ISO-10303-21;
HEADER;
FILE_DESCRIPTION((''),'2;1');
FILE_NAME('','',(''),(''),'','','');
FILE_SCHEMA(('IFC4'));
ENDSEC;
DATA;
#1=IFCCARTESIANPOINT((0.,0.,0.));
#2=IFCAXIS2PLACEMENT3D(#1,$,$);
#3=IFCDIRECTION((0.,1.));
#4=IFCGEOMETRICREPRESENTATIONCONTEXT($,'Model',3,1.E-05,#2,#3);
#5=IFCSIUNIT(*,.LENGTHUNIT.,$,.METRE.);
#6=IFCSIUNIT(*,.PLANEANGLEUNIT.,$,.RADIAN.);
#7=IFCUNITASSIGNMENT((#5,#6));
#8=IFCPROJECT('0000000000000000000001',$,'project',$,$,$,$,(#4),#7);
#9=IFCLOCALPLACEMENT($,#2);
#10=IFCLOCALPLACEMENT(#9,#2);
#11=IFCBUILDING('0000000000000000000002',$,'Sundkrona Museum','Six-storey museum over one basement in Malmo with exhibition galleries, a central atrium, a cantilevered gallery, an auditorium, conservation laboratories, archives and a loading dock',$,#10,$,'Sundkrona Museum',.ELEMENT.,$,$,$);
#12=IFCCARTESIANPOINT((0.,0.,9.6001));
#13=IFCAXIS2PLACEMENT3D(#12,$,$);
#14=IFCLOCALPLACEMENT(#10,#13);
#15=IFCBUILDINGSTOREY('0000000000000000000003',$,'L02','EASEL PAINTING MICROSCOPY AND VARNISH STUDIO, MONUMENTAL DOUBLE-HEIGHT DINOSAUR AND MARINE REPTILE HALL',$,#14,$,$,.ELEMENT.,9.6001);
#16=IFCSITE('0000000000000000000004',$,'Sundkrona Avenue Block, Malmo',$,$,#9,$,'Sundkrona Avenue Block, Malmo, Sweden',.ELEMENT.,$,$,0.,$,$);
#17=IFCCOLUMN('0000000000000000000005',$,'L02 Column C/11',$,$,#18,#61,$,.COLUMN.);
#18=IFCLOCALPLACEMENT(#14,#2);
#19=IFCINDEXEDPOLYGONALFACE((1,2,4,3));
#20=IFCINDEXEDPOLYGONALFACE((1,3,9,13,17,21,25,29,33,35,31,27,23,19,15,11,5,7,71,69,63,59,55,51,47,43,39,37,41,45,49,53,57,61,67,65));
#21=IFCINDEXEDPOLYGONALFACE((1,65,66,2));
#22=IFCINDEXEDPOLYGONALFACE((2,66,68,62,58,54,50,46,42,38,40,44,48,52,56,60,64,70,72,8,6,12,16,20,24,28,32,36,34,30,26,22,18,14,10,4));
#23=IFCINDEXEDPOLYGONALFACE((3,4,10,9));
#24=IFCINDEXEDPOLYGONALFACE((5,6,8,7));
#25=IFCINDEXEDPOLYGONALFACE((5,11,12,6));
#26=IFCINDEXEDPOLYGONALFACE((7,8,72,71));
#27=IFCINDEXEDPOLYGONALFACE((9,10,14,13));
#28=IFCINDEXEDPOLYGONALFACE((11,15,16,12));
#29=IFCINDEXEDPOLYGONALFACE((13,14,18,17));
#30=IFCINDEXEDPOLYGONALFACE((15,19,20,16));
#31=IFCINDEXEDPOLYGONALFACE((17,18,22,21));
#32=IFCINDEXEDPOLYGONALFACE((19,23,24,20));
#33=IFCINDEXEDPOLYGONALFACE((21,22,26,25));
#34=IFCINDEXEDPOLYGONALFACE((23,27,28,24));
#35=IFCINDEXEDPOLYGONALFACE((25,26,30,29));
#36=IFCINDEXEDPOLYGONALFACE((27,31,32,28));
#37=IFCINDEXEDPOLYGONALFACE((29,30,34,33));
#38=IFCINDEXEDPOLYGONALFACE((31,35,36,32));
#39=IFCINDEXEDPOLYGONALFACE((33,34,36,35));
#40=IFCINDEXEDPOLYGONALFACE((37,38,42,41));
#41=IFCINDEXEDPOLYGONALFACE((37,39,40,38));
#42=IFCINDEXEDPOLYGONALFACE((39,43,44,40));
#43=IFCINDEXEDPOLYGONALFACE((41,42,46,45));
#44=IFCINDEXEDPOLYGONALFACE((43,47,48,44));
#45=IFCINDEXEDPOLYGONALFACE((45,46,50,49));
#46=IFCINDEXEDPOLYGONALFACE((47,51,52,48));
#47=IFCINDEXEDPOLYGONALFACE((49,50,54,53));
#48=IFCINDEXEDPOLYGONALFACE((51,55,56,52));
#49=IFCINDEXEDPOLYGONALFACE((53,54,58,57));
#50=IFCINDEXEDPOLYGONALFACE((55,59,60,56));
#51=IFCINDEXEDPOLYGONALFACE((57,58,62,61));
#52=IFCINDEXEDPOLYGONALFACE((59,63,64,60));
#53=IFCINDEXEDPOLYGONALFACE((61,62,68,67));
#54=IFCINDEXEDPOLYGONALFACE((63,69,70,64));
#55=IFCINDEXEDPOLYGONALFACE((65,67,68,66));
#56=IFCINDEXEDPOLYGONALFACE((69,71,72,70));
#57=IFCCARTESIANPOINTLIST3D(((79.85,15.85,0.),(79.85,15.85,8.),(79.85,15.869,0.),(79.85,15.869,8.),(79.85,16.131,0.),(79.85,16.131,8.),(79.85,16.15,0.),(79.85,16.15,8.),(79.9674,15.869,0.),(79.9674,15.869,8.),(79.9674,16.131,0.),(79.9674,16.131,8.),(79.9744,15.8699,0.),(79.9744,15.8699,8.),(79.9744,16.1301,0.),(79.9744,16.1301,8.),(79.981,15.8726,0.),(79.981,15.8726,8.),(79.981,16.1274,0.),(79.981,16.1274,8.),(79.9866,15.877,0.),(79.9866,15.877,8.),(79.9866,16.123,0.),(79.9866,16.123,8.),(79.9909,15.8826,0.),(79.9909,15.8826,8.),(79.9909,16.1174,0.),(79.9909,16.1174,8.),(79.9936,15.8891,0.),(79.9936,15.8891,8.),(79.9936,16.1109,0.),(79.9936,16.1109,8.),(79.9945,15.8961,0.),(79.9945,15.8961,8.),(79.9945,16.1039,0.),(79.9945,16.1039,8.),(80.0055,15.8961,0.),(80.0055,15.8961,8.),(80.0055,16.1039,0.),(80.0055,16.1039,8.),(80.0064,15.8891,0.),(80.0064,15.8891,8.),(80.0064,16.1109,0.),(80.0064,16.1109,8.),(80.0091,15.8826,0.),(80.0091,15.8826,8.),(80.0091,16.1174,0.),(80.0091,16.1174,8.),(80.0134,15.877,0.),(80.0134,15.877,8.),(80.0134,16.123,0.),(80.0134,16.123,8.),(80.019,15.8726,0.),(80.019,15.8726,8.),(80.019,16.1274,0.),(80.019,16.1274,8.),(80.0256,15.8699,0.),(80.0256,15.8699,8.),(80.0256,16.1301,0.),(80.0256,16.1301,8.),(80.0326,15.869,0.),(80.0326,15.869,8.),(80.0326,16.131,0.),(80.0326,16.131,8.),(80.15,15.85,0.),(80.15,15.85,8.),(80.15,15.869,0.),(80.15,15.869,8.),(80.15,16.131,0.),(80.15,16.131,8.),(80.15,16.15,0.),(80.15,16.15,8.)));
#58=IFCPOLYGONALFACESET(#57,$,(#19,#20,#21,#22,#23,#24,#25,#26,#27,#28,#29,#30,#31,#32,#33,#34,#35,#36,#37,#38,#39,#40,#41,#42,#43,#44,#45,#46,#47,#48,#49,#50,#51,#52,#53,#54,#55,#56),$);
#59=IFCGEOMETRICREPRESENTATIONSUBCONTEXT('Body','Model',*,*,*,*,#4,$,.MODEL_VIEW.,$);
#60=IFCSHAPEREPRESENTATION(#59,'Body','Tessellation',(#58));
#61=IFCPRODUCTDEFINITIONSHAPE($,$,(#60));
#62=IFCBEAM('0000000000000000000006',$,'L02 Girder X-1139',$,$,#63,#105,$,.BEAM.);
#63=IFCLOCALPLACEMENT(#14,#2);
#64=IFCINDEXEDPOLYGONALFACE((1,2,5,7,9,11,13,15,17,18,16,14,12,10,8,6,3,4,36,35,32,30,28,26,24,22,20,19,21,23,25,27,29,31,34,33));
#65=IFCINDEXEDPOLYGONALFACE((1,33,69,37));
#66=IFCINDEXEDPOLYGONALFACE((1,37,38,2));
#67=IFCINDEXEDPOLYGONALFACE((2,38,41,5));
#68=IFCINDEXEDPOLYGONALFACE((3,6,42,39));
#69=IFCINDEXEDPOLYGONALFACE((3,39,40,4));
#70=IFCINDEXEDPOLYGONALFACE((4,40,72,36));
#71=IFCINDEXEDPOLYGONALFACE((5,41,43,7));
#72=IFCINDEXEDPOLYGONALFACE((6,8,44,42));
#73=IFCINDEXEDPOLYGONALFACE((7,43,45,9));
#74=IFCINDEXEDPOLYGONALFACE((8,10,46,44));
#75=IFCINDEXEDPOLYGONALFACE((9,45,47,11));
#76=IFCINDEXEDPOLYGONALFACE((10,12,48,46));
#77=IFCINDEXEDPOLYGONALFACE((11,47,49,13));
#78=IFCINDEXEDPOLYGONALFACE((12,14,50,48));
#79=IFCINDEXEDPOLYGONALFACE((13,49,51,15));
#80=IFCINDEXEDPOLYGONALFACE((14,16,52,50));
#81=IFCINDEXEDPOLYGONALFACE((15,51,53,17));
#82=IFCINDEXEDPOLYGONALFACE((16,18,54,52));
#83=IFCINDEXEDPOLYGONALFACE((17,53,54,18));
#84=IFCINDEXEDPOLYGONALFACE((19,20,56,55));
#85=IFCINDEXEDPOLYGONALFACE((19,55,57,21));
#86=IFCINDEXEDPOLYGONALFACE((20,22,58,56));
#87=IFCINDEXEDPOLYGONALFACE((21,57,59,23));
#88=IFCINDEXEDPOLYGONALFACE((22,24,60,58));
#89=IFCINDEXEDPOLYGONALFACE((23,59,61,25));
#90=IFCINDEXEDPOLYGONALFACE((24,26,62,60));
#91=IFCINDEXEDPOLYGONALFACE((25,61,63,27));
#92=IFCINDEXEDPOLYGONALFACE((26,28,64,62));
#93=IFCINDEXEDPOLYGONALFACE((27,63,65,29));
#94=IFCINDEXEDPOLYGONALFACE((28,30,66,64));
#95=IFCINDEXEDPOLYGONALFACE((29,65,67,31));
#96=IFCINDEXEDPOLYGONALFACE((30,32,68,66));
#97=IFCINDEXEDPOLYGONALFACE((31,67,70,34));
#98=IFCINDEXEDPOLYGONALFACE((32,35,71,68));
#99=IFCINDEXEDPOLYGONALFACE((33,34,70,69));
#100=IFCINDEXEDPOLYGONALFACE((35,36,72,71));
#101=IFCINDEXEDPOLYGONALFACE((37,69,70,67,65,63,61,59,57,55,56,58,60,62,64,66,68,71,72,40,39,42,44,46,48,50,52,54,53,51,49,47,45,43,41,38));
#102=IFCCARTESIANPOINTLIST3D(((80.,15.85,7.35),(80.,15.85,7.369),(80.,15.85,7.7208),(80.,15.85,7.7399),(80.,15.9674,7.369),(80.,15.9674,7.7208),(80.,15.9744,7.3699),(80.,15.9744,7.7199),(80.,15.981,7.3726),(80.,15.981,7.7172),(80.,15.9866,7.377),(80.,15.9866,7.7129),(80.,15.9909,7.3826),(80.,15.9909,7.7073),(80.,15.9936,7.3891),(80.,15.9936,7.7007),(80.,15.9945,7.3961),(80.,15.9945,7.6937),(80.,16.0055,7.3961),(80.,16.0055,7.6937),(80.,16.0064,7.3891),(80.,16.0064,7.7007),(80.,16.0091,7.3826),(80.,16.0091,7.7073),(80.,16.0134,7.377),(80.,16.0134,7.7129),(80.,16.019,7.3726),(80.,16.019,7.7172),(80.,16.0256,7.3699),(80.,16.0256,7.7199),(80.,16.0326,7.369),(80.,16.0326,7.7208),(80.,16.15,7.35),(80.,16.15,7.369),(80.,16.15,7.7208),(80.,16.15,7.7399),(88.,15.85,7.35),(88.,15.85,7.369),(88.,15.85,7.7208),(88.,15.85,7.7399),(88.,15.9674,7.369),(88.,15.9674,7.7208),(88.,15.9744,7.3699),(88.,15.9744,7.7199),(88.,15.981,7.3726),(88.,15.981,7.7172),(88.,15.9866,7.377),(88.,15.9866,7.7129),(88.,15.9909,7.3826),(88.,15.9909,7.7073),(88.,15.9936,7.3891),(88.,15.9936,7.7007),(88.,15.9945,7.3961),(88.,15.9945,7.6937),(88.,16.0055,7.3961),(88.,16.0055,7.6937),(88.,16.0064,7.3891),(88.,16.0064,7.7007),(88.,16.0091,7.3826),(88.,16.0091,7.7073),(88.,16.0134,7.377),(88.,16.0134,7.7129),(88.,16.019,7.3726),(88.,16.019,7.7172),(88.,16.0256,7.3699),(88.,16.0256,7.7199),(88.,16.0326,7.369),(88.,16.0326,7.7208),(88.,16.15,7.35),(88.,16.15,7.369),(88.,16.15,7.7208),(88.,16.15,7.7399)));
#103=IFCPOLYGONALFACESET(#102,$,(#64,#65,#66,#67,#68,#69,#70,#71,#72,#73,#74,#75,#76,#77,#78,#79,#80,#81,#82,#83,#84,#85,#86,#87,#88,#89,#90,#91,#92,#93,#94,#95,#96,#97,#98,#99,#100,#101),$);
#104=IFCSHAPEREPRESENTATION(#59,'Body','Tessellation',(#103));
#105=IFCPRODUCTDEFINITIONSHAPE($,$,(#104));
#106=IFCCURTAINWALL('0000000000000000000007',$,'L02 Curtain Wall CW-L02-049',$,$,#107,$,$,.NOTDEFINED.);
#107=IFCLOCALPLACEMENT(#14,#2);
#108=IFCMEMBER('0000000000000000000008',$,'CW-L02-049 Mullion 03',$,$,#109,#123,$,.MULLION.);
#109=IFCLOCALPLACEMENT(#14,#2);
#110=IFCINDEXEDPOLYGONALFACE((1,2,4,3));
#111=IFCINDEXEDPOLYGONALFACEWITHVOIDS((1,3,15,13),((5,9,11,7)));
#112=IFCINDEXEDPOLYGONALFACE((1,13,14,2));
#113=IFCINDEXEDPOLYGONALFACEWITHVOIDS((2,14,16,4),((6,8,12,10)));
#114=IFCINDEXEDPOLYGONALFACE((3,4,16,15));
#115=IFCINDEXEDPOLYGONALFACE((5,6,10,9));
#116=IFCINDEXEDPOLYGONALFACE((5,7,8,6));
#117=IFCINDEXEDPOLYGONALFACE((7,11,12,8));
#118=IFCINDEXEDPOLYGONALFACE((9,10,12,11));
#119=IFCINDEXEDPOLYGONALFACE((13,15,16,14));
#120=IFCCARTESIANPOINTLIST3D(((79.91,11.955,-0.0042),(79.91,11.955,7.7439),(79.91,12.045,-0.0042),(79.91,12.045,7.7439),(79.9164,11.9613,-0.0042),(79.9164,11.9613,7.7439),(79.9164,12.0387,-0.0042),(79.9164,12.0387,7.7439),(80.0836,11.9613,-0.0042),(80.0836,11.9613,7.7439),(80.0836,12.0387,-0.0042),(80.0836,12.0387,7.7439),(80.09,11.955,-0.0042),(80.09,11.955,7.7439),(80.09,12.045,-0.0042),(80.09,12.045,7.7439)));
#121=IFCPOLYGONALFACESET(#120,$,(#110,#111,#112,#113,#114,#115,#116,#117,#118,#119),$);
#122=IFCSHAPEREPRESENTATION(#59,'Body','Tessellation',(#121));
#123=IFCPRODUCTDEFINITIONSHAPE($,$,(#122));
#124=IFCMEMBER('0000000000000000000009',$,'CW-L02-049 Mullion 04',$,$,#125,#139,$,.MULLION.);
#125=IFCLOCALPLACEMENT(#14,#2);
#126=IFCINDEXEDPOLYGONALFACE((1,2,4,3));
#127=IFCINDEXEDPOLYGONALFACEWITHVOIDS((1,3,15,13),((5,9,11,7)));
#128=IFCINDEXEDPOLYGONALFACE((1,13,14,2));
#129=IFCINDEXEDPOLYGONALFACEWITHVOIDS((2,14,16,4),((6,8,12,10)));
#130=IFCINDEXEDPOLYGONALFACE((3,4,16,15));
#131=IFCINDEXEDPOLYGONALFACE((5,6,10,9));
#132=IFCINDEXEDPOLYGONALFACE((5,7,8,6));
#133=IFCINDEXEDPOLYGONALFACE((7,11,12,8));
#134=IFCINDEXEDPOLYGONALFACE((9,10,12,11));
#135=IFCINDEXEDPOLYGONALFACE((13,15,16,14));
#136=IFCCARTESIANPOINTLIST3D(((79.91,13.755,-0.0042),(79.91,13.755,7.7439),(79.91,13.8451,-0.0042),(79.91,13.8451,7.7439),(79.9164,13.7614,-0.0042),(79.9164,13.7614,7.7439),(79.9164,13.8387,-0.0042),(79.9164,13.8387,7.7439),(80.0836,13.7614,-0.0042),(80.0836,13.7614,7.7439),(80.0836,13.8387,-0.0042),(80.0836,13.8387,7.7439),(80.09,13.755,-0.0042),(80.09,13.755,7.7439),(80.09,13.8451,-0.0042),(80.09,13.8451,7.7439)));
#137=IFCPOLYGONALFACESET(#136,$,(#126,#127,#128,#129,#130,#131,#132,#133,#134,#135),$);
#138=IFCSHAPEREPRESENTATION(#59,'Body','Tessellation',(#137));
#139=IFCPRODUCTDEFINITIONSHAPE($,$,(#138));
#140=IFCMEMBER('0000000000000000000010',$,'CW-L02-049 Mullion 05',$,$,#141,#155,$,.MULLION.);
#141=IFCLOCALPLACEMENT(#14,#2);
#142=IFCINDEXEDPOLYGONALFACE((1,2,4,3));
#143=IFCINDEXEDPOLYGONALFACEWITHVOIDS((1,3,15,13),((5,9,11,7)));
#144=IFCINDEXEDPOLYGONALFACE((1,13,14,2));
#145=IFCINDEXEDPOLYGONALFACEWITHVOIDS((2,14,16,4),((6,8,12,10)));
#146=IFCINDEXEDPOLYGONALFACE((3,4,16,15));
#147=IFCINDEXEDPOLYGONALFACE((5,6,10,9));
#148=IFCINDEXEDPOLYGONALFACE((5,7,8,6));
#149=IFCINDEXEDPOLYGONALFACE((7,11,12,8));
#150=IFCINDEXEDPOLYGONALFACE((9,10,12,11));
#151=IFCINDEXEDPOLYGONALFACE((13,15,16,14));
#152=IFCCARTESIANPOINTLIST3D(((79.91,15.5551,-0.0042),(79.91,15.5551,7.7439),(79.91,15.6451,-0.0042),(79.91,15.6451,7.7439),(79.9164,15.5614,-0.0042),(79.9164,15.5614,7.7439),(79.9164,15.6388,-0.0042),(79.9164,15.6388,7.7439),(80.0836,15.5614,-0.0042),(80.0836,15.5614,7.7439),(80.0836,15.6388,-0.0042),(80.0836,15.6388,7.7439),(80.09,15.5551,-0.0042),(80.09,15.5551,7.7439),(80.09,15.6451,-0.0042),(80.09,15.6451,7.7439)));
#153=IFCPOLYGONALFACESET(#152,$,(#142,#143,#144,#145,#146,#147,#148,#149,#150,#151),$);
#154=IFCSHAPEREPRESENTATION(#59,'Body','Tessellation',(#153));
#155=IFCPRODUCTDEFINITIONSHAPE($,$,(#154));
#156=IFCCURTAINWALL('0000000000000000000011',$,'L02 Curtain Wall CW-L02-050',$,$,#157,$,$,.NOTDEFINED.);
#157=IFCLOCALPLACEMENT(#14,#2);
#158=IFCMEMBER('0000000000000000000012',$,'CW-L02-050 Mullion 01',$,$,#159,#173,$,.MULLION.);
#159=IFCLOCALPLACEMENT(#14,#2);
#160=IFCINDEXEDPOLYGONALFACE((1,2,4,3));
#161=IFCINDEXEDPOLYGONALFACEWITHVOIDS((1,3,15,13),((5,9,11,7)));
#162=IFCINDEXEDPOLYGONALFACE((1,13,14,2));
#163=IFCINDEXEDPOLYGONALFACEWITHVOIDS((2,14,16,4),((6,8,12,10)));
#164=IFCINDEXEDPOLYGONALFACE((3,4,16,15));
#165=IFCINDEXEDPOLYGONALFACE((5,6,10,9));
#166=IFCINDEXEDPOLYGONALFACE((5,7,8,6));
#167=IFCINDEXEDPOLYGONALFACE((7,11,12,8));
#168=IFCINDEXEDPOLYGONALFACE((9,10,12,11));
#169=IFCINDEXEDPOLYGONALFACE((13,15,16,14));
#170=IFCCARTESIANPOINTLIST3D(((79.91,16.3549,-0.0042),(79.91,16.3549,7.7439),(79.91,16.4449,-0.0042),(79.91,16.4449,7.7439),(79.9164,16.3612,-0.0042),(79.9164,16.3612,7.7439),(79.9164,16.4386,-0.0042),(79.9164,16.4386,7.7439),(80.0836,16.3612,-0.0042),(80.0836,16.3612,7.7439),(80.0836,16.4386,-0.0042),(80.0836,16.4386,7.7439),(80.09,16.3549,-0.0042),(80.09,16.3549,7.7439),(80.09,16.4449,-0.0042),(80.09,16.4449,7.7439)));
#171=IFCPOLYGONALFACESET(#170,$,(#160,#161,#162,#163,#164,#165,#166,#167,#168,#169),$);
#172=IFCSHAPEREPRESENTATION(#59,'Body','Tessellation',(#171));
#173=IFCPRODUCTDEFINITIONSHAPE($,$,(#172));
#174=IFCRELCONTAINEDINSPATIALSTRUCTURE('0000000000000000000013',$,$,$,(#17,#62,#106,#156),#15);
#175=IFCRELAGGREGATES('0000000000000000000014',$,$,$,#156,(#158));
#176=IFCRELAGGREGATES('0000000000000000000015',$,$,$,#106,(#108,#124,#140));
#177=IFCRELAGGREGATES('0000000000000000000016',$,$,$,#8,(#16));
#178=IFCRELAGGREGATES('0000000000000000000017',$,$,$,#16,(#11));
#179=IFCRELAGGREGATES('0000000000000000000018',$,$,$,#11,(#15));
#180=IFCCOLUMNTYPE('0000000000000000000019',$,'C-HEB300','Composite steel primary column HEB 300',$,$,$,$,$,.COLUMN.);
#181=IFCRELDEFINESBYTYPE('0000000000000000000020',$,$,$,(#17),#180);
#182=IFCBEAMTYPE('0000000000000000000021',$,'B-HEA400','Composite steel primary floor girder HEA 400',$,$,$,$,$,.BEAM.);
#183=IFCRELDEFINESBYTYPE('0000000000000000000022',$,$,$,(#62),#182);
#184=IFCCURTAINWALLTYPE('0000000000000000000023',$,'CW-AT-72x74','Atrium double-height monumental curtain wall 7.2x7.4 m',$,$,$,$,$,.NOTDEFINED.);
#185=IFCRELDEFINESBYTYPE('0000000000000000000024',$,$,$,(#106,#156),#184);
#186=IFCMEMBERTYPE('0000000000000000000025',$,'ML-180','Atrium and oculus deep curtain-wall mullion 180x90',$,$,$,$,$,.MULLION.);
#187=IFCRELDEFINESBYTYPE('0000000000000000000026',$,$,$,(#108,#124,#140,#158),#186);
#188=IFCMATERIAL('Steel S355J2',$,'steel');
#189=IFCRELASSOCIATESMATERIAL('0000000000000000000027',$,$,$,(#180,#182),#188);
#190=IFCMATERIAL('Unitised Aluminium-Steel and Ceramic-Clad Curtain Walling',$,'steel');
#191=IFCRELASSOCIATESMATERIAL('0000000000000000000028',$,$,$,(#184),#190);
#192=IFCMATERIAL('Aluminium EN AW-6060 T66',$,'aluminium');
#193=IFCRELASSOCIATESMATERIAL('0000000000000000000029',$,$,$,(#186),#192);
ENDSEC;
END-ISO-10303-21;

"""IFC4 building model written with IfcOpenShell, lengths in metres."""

from ifc_helpers import new_model, si_unit, direction, frame, origin, origin_2d, place, context, subcontext, project, spatial, hollow_rectangle, i_section, extrude, material, material_profile, profile_set, type_object, element, aggregate, save


model = new_model("IFC4")

# Units and contexts
model_context = context("Model", 3, precision=1e-05, world=origin(), true_north=direction((0.0, 1.0)))
body_context = subcontext(model_context, "Body", "Model", "MODEL_VIEW")
ifc_project = project(units=[si_unit("LENGTHUNIT", "METRE"), si_unit("PLANEANGLEUNIT", "RADIAN")], contexts=[model_context])

# Site, building, storey
site_placement = place(None, origin())
site = spatial("IfcSite", under=ifc_project, at=site_placement, Name="Sundkrona Avenue Block, Malmo", LongName="Sundkrona Avenue Block, Malmo, Sweden", CompositionType="ELEMENT", RefElevation=0.0)
building_placement = place(site_placement, origin())
building = spatial("IfcBuilding", under=site, at=building_placement, Name="Sundkrona Museum", Description="Six-storey museum over one basement in Malmo with exhibition galleries, a central atrium, a cantilevered gallery, an auditorium, conservation laboratories, archives and a loading dock", LongName="Sundkrona Museum", CompositionType="ELEMENT")
storey_placement = place(building_placement, frame((0.0, 0.0, 9.6001)))
storey = spatial("IfcBuildingStorey", under=building, at=storey_placement, Name="L02", Description="EASEL PAINTING MICROSCOPY AND VARNISH STUDIO, MONUMENTAL DOUBLE-HEIGHT DINOSAUR AND MARINE REPTILE HALL", CompositionType="ELEMENT", Elevation=9.6001)

# Column
ifc_material_1 = material(Name="Steel S355J2", Category="steel")
ifc_material_profile_1 = material_profile(ifc_material_1, i_section(OverallWidth=0.3, OverallDepth=0.3, WebThickness=0.011, FlangeThickness=0.019, FilletRadius=0.0271, at=origin_2d()), Name="HEB 300")
ifc_profile_set_1 = profile_set([ifc_material_profile_1], Name="Steel S355J2")
column_type = type_object("IfcColumnType", Name="C-HEB300", Description="Composite steel primary column HEB 300", PredefinedType="COLUMN", material=ifc_profile_set_1)
column_placement = place(storey_placement, frame((80.0, 16.0, 0.0), z_axis=(0.0, 0.0, 1.0), x_axis=(1.0, 0.0, 0.0)))
element("IfcColumn", 1, at=column_placement, inside=storey, type_object=column_type, Name="L02 Column C/11", PredefinedType="COLUMN", context=body_context, shape_type="SweptSolid", body=[
    extrude(i_section(OverallWidth=0.3, OverallDepth=0.3, WebThickness=0.011, FlangeThickness=0.019, FilletRadius=0.0271, at=origin_2d()), origin(), (0.0, 0.0, 1.0), 8.0),
])

# Beam
ifc_material_profile_2 = material_profile(ifc_material_1, i_section(OverallWidth=0.3, OverallDepth=0.3899, WebThickness=0.011, FlangeThickness=0.019, FilletRadius=0.0271, at=origin_2d()), Name="HEA 400")
ifc_profile_set_2 = profile_set([ifc_material_profile_2], Name="Steel S355J2")
beam_type_1 = type_object("IfcBeamType", Name="B-HEA400", Description="Composite steel primary floor girder HEA 400", PredefinedType="BEAM", material=ifc_profile_set_2)
beam_1_placement = place(storey_placement, frame((80.0, 16.0, 7.5449), z_axis=(1.0, 0.0, 0.0), x_axis=(0.0, 1.0, 0.0)))
element("IfcBeam", 2, at=beam_1_placement, inside=storey, type_object=beam_type_1, Name="L02 Girder X-1139", PredefinedType="BEAM", context=body_context, shape_type="SweptSolid", body=[
    extrude(i_section(OverallWidth=0.3, OverallDepth=0.3899, WebThickness=0.011, FlangeThickness=0.019, FilletRadius=0.0271, at=origin_2d()), origin(), (0.0, 0.0, 1.0), 8.0),
])

# Curtain wall, members
ifc_material_2 = material(Name="Unitised Aluminium-Steel and Ceramic-Clad Curtain Walling", Category="steel")
curtain_wall_type = type_object("IfcCurtainWallType", Name="CW-AT-72x74", Description="Atrium double-height monumental curtain wall 7.2x7.4 m", PredefinedType="NOTDEFINED", material=ifc_material_2)
curtain_wall_1_placement = place(storey_placement, origin())
curtain_wall_1 = element("IfcCurtainWall", 3, at=curtain_wall_1_placement, inside=storey, type_object=curtain_wall_type, Name="L02 Curtain Wall CW-L02-049", PredefinedType="NOTDEFINED")
ifc_material_3 = material(Name="Aluminium EN AW-6060 T66", Category="aluminium")
ifc_material_profile_3 = material_profile(ifc_material_3, hollow_rectangle(XDim=0.0901, YDim=0.1799, WallThickness=0.0063, at=origin_2d()), Name="RHS 180x90x6.3")
ifc_profile_set_3 = profile_set([ifc_material_profile_3], Name="Aluminium EN AW-6060 T66")
member_type_1 = type_object("IfcMemberType", Name="ML-180", Description="Atrium and oculus deep curtain-wall mullion 180x90", PredefinedType="MULLION", material=ifc_profile_set_3)
member_1_placement = place(storey_placement, frame((80.0, 12.0, -0.0042), z_axis=(0.0, 0.0, 1.0), x_axis=(0.0, 1.0, 0.0)))
member_1 = element("IfcMember", 4, at=member_1_placement, type_object=member_type_1, Name="CW-L02-049 Mullion 03", PredefinedType="MULLION", context=body_context, shape_type="SweptSolid", body=[
    extrude(hollow_rectangle(XDim=0.0901, YDim=0.1799, WallThickness=0.0063, at=origin_2d()), origin(), (0.0, 0.0, 1.0), 7.748),
])
member_2_placement = place(storey_placement, frame((80.0, 13.8, -0.0042), z_axis=(0.0, 0.0, 1.0), x_axis=(0.0, 1.0, 0.0)))
member_2 = element("IfcMember", 5, at=member_2_placement, type_object=member_type_1, Name="CW-L02-049 Mullion 04", PredefinedType="MULLION", context=body_context, shape_type="SweptSolid", body=[
    extrude(hollow_rectangle(XDim=0.0901, YDim=0.1799, WallThickness=0.0063, at=origin_2d()), origin(), (0.0, 0.0, 1.0), 7.748),
])
member_3_placement = place(storey_placement, frame((80.0, 15.6001, -0.0042), z_axis=(0.0, 0.0, 1.0), x_axis=(0.0, 1.0, 0.0)))
member_3 = element("IfcMember", 6, at=member_3_placement, type_object=member_type_1, Name="CW-L02-049 Mullion 05", PredefinedType="MULLION", context=body_context, shape_type="SweptSolid", body=[
    extrude(hollow_rectangle(XDim=0.0901, YDim=0.1799, WallThickness=0.0063, at=origin_2d()), origin(), (0.0, 0.0, 1.0), 7.748),
])

# Curtain wall, member
curtain_wall_2_placement = place(storey_placement, origin())
curtain_wall_2 = element("IfcCurtainWall", 7, at=curtain_wall_2_placement, inside=storey, type_object=curtain_wall_type, Name="L02 Curtain Wall CW-L02-050", PredefinedType="NOTDEFINED")
member_4_placement = place(storey_placement, frame((80.0, 16.3999, -0.0042), z_axis=(0.0, 0.0, 1.0), x_axis=(0.0, 1.0, 0.0)))
member_4 = element("IfcMember", 8, at=member_4_placement, type_object=member_type_1, Name="CW-L02-050 Mullion 01", PredefinedType="MULLION", context=body_context, shape_type="SweptSolid", body=[
    extrude(hollow_rectangle(XDim=0.0901, YDim=0.1799, WallThickness=0.0063, at=origin_2d()), origin(), (0.0, 0.0, 1.0), 7.748),
])
aggregate(curtain_wall_2, [member_4])

aggregate(curtain_wall_1, [member_1, member_2, member_3])

save(model, "model.ifc")
